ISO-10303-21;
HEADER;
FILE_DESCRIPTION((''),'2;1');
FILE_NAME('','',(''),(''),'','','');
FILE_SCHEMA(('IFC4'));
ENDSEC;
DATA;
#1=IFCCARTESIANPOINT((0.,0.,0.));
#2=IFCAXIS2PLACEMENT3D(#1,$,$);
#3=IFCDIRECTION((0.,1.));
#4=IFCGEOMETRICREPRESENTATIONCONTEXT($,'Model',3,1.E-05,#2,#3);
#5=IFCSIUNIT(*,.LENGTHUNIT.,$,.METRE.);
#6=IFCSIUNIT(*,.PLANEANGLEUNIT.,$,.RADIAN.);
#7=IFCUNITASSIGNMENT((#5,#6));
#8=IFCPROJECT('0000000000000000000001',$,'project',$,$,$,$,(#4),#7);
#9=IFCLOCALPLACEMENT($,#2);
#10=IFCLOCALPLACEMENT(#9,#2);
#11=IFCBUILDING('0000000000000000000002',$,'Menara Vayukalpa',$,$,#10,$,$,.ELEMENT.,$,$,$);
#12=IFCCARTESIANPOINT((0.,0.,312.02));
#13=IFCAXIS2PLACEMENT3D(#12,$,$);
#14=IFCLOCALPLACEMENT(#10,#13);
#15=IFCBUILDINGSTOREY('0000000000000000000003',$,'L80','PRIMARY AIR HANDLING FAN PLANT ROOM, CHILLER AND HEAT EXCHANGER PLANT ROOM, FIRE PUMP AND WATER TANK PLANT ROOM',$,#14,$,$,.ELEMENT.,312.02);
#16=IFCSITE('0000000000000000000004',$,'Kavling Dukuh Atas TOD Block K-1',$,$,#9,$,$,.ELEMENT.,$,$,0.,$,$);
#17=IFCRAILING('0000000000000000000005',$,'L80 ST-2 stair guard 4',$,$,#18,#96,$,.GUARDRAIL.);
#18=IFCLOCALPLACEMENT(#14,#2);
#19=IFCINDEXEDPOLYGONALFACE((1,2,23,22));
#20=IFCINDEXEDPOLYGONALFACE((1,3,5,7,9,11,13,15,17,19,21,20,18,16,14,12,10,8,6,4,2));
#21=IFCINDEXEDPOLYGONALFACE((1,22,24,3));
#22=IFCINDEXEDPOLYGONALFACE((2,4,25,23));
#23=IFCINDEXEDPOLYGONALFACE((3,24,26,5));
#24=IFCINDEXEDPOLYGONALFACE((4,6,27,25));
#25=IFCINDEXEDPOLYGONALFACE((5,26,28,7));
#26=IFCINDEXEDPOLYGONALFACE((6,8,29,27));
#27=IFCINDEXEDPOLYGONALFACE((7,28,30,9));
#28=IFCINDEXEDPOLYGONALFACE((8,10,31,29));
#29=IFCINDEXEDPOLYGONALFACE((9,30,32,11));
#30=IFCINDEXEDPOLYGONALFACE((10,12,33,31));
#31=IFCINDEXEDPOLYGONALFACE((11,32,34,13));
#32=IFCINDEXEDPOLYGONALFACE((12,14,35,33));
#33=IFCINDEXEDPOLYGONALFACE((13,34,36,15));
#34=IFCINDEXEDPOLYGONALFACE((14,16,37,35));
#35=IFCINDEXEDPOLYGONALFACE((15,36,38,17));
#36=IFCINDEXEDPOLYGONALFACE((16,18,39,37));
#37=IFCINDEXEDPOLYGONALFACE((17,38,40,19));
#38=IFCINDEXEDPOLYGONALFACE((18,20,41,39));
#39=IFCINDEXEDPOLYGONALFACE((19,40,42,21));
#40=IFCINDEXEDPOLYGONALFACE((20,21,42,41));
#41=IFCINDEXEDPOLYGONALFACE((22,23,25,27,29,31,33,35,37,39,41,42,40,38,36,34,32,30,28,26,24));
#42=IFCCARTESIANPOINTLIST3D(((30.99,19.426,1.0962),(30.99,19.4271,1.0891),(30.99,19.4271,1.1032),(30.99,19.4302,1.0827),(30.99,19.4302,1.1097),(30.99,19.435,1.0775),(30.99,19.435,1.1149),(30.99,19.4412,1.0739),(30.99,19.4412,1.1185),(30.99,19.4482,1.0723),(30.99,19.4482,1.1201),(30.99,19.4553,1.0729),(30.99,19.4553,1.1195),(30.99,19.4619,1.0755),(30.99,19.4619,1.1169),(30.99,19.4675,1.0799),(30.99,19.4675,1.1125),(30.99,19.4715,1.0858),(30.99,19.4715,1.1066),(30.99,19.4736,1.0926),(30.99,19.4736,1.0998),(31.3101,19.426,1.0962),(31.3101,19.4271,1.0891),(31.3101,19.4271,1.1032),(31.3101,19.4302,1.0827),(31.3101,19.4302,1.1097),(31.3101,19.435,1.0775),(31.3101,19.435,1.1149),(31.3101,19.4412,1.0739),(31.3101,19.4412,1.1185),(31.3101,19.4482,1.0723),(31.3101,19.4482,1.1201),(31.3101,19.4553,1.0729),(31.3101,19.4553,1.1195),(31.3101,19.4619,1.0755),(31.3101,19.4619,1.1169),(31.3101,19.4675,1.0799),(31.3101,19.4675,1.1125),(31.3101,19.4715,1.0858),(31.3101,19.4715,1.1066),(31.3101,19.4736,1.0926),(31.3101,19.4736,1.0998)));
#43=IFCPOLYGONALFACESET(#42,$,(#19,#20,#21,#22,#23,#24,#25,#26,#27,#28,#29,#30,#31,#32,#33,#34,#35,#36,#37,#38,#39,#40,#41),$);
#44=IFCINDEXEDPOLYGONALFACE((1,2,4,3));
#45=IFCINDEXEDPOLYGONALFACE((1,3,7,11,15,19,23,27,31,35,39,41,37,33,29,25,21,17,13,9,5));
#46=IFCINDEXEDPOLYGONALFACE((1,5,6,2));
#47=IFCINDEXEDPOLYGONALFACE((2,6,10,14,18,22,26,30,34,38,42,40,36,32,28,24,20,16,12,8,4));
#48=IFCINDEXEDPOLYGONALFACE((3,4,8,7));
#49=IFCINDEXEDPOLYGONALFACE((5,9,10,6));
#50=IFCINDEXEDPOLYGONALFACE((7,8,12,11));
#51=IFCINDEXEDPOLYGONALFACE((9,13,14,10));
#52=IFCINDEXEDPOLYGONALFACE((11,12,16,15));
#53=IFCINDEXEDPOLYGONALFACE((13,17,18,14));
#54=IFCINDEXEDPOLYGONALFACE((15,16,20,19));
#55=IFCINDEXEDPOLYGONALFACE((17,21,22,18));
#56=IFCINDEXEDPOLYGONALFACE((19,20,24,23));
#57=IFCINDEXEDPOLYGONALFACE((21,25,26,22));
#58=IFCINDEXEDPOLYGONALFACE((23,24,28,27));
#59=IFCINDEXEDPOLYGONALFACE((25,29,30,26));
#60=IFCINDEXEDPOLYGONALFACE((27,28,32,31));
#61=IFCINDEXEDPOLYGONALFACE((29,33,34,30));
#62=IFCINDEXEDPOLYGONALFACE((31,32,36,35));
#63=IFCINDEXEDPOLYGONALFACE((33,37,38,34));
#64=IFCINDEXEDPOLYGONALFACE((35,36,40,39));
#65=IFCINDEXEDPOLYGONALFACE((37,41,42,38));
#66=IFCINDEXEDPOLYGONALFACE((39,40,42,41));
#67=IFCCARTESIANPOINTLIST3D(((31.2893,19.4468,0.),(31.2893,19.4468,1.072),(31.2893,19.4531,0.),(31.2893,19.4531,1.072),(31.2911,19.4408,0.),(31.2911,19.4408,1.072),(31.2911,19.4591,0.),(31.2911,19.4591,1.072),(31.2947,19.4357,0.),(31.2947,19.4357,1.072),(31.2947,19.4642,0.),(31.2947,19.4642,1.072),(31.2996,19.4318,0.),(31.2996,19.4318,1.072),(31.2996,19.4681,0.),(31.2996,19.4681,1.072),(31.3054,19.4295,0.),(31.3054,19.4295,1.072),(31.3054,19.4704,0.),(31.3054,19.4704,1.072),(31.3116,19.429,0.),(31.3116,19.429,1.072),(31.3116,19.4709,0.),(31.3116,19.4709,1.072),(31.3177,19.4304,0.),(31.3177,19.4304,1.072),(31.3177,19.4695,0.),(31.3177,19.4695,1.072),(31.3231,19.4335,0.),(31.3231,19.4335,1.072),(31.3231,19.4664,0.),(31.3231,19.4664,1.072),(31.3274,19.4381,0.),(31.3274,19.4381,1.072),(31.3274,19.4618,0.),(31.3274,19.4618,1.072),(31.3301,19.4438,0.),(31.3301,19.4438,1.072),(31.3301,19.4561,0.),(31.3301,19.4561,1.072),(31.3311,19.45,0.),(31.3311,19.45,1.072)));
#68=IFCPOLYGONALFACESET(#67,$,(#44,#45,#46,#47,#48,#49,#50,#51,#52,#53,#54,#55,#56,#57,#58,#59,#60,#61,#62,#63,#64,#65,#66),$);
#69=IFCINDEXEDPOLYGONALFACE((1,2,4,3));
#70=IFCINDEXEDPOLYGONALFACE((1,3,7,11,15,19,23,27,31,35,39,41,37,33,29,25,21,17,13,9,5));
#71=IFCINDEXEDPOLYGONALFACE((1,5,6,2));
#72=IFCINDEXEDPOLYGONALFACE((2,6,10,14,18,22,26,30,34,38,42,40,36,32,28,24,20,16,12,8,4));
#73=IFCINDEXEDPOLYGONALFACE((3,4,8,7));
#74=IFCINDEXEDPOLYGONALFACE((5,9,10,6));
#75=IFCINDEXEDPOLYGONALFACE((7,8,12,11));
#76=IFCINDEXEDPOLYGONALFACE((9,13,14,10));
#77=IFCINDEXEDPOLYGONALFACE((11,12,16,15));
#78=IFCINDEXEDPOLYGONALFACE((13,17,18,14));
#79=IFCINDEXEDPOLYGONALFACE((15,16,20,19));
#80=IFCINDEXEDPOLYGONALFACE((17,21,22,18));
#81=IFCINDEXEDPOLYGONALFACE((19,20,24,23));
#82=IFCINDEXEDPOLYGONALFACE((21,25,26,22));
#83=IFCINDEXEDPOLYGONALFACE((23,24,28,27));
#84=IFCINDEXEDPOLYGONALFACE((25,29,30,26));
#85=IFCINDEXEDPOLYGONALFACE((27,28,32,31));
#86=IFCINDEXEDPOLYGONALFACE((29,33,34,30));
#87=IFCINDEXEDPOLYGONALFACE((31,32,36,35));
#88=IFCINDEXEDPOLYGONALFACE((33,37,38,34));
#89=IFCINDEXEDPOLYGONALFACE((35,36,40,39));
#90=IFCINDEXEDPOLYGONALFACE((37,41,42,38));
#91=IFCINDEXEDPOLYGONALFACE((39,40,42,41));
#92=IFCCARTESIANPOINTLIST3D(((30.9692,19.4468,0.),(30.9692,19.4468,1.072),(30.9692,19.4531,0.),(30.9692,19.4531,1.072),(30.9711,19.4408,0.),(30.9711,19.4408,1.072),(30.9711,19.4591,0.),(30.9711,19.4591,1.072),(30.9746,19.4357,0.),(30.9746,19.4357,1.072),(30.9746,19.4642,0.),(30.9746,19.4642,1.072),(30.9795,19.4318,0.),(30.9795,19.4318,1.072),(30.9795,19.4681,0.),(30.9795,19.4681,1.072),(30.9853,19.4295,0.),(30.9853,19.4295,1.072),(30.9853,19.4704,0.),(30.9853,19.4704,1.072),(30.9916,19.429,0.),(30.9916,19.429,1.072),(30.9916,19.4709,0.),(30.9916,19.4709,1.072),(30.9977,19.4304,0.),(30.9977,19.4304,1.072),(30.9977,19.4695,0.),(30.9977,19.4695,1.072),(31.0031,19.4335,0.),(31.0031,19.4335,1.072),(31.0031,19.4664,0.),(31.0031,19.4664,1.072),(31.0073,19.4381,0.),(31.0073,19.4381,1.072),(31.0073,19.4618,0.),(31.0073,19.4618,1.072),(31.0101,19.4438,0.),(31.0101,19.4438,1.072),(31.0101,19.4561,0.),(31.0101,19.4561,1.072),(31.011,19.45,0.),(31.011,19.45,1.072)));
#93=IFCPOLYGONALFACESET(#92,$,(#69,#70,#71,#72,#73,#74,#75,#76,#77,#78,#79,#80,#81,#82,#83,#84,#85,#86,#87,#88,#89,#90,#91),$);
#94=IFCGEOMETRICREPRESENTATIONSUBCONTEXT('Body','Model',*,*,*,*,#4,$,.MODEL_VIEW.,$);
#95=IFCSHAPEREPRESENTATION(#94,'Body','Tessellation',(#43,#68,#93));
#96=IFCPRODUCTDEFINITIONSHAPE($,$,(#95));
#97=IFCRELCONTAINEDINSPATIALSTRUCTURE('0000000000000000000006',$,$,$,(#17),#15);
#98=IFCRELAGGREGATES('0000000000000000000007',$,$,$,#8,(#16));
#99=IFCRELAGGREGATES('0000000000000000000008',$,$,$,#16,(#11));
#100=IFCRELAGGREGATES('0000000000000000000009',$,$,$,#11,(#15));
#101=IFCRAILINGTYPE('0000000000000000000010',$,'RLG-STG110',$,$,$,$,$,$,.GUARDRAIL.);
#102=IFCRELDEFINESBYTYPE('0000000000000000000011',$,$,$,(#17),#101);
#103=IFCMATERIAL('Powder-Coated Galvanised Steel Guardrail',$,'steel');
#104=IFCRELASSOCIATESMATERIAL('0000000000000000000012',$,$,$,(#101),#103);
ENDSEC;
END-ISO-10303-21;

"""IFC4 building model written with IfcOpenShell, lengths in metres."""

from ifc_helpers import new_model, si_unit, direction, frame, origin, origin_2d, place, context, subcontext, project, spatial, circle, extrude, material, type_object, element, save


model = new_model("IFC4")

# Units and contexts
model_context = context("Model", 3, precision=1e-05, world=origin(), true_north=direction((0.0, 1.0)))
body_context = subcontext(model_context, "Body", "Model", "MODEL_VIEW")
ifc_project = project(units=[si_unit("LENGTHUNIT", "METRE"), si_unit("PLANEANGLEUNIT", "RADIAN")], contexts=[model_context])

# Site, building, storey
site_placement = place(None, origin())
site = spatial("IfcSite", under=ifc_project, at=site_placement, Name="Kavling Dukuh Atas TOD Block K-1", CompositionType="ELEMENT", RefElevation=0.0)
building_placement = place(site_placement, origin())
building = spatial("IfcBuilding", under=site, at=building_placement, Name="Menara Vayukalpa", CompositionType="ELEMENT")
storey_placement = place(building_placement, frame((0.0, 0.0, 312.02)))
storey = spatial("IfcBuildingStorey", under=building, at=storey_placement, Name="L80", Description="PRIMARY AIR HANDLING FAN PLANT ROOM, CHILLER AND HEAT EXCHANGER PLANT ROOM, FIRE PUMP AND WATER TANK PLANT ROOM", CompositionType="ELEMENT", Elevation=312.02)

# Railing
ifc_material_1 = material(Name="Powder-Coated Galvanised Steel Guardrail", Category="steel")
railing_type_1 = type_object("IfcRailingType", Name="RLG-STG110", PredefinedType="GUARDRAIL", material=ifc_material_1)
railing_1_placement = place(storey_placement, frame((31.3101, 19.45, 0.0)))
element("IfcRailing", 1, at=railing_1_placement, inside=storey, type_object=railing_type_1, Name="L80 ST-2 stair guard 4", PredefinedType="GUARDRAIL", context=body_context, shape_type="SweptSolid", body=[
    extrude(circle(Radius=0.0239, at=origin_2d()), frame((0.0, 0.0, 1.0962), z_axis=(-1.0, 0.0, 0.0), x_axis=(0.0, -1.0, 0.0)), (0.0, 0.0, 1.0), 0.3201),
    extrude(circle(Radius=0.021, at=origin_2d()), origin(), (0.0, 0.0, 1.0), 1.072),
    extrude(circle(Radius=0.021, at=origin_2d()), frame((-0.3201, 0.0, 0.0)), (0.0, 0.0, 1.0), 1.072),
])

save(model, "model.ifc")
